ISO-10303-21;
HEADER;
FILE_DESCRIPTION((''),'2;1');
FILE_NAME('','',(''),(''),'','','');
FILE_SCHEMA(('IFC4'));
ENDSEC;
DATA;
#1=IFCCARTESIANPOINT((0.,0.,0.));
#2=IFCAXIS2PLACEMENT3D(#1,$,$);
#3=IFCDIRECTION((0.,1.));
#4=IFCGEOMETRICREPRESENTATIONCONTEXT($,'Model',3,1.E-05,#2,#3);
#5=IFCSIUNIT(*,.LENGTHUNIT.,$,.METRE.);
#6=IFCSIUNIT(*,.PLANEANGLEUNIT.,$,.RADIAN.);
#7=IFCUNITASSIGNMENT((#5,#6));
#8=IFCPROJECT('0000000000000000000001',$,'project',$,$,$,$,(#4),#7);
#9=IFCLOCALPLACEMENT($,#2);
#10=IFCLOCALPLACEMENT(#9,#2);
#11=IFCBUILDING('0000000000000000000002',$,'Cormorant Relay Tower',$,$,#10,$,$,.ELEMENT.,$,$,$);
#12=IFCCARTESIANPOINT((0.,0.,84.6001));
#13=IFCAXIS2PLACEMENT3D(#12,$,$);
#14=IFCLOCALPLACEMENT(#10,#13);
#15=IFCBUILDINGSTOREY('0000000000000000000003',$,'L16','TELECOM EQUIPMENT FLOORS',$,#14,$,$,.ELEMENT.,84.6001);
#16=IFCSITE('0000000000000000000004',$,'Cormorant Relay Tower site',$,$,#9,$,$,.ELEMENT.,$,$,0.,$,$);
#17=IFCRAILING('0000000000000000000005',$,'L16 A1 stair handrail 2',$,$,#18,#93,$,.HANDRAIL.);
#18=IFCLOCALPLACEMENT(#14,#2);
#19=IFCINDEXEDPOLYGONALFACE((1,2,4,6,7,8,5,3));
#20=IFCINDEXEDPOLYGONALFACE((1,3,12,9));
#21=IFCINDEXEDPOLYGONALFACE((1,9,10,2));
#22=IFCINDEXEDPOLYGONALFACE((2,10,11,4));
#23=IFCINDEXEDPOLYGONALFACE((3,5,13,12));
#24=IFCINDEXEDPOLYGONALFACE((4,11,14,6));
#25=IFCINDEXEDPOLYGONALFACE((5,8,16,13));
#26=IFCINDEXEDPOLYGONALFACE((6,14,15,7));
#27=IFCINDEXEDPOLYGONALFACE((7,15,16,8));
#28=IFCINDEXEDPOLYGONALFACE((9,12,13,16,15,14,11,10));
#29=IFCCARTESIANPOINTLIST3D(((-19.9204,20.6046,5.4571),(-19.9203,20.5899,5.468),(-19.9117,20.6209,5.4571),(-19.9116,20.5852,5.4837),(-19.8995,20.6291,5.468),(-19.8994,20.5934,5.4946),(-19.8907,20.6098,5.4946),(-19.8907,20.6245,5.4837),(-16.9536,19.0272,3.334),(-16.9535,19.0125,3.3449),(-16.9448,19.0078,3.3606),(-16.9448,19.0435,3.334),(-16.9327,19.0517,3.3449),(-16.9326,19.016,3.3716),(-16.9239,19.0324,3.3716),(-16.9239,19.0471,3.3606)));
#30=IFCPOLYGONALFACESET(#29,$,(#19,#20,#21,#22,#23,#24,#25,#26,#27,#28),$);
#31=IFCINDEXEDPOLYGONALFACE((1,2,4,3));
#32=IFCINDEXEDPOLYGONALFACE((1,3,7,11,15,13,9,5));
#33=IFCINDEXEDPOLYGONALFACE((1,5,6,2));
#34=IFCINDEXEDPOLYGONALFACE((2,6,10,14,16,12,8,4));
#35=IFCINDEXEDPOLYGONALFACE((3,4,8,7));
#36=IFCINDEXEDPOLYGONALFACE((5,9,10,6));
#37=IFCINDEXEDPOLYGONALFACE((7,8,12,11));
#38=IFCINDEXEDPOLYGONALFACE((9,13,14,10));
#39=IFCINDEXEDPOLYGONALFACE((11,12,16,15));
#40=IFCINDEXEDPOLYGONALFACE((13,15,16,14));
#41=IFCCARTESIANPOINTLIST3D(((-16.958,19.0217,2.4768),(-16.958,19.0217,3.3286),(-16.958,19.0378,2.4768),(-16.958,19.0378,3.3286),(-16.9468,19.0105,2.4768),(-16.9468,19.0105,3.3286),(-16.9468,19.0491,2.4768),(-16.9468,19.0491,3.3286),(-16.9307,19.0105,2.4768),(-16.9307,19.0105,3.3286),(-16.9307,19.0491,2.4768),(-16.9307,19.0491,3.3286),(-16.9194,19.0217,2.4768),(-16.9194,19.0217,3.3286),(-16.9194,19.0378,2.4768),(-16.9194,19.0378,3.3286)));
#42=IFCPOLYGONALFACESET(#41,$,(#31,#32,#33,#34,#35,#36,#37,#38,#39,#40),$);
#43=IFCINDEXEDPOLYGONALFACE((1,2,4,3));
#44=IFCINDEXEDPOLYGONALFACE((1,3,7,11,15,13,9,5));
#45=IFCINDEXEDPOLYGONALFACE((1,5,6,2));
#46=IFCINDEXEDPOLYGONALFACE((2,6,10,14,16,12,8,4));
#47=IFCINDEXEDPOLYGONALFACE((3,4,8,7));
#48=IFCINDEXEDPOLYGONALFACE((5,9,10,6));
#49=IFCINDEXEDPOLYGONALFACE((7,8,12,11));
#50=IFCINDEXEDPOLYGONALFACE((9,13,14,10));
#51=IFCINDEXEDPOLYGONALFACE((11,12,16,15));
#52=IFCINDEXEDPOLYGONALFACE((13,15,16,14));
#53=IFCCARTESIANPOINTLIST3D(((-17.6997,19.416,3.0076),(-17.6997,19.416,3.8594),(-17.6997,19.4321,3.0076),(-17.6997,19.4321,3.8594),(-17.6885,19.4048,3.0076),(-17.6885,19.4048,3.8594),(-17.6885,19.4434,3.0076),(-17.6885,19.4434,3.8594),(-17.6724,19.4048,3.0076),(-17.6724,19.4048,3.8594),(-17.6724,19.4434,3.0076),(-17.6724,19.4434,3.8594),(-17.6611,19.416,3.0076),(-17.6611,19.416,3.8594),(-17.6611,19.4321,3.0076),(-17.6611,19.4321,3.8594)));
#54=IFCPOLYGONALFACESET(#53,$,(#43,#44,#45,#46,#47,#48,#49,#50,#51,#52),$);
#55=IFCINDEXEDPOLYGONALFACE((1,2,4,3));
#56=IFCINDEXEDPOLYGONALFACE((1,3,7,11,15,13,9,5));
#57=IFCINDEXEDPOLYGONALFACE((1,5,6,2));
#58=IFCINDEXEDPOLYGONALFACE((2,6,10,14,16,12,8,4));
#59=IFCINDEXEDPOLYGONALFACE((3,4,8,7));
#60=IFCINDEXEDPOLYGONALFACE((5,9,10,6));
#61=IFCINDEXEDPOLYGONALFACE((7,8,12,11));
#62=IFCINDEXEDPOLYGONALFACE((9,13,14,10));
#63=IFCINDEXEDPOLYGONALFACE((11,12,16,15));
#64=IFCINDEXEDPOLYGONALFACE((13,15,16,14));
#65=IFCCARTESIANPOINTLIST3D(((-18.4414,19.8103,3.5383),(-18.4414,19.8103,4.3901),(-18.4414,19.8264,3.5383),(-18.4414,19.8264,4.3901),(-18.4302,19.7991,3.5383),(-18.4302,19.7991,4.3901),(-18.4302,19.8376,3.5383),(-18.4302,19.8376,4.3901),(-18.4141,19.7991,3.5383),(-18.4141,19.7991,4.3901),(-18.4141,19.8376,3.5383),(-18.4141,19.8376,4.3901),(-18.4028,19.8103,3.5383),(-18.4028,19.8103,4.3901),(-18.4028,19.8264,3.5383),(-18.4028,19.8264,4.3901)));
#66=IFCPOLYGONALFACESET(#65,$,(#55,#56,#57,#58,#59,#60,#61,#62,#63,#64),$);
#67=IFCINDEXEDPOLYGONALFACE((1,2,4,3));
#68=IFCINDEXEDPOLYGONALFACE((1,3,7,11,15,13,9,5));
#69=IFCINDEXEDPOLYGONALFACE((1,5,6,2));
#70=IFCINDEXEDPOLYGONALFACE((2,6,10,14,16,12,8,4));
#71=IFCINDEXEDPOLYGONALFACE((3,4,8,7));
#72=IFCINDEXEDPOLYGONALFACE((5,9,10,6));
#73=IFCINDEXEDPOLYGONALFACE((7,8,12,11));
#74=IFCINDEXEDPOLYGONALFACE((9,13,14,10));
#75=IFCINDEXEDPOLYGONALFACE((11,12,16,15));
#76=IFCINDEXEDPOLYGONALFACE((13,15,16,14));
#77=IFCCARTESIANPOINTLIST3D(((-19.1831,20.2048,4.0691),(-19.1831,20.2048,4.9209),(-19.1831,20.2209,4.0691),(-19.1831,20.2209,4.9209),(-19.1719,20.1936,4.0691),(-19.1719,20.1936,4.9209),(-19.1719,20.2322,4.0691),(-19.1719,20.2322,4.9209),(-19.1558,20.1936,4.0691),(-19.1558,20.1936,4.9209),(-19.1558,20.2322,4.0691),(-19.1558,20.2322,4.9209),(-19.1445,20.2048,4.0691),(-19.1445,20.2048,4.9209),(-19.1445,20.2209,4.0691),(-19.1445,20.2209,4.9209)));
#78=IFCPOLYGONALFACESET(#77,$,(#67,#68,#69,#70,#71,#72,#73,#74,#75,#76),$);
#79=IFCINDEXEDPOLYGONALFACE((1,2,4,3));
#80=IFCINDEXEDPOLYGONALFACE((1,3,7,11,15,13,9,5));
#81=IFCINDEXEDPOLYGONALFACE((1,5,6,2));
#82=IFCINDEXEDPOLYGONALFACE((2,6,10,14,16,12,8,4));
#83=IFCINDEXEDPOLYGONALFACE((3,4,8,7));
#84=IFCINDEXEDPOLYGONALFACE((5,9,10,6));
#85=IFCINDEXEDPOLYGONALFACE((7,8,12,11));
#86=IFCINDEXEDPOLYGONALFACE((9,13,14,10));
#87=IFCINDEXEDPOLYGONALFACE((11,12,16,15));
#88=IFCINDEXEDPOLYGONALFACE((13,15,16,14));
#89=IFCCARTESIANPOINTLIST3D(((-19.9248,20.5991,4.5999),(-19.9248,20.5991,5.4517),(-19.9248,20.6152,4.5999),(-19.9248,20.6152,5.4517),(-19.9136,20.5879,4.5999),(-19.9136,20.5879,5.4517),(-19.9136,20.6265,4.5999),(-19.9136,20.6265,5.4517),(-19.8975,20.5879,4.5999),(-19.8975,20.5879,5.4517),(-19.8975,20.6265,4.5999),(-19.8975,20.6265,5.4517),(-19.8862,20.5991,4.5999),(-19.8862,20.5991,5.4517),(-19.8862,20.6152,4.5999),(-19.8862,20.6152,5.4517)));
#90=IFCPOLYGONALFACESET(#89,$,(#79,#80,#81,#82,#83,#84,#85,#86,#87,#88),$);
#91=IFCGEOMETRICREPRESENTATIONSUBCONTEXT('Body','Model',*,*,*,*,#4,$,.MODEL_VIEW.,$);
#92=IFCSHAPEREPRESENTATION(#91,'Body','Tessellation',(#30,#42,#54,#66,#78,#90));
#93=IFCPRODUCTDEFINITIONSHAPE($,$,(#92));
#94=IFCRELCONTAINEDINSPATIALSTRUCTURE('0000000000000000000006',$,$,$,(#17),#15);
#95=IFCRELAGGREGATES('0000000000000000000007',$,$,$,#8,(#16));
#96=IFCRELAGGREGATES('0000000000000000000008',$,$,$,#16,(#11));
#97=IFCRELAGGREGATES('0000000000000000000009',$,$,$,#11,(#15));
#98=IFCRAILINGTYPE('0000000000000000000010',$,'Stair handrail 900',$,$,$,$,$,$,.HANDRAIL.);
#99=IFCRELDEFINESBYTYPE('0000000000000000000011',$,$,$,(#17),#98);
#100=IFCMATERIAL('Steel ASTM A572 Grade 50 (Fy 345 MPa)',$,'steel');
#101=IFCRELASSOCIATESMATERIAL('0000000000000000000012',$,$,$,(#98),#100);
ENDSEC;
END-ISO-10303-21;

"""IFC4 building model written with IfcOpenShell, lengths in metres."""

from ifc_helpers import new_model, si_unit, direction, frame, origin, place, context, subcontext, project, spatial, polyline, outline, extrude, material, type_object, element, save


model = new_model("IFC4")

# Units and contexts
model_context = context("Model", 3, precision=1e-05, world=origin(), true_north=direction((0.0, 1.0)))
body_context = subcontext(model_context, "Body", "Model", "MODEL_VIEW")
ifc_project = project(units=[si_unit("LENGTHUNIT", "METRE"), si_unit("PLANEANGLEUNIT", "RADIAN")], contexts=[model_context])

# Site, building, storey
site_placement = place(None, origin())
site = spatial("IfcSite", under=ifc_project, at=site_placement, Name="Cormorant Relay Tower site", CompositionType="ELEMENT", RefElevation=0.0)
building_placement = place(site_placement, origin())
building = spatial("IfcBuilding", under=site, at=building_placement, Name="Cormorant Relay Tower", CompositionType="ELEMENT")
storey_placement = place(building_placement, frame((0.0, 0.0, 84.6001)))
storey = spatial("IfcBuildingStorey", under=building, at=storey_placement, Name="L16", Description="TELECOM EQUIPMENT FLOORS", CompositionType="ELEMENT", Elevation=84.6001)

# Railing
ifc_material_1 = material(Name="Steel ASTM A572 Grade 50 (Fy 345 MPa)", Category="steel")
railing_type_1 = type_object("IfcRailingType", Name="Stair handrail 900", PredefinedType="HANDRAIL", material=ifc_material_1)
railing_1_placement = place(storey_placement, frame((-16.9387, 19.0298, 2.4768)))
element("IfcRailing", 1, at=railing_1_placement, inside=storey, type_object=railing_type_1, Name="L16 A1 stair handrail 2", PredefinedType="HANDRAIL", context=body_context, shape_type="SweptSolid", body=[
    extrude(outline(polyline([(0.0222, 0.0093), (0.0093, 0.0222), (-0.0093, 0.0222), (-0.0222, 0.0093), (-0.0222, -0.0093), (-0.0093, -0.0222), (0.0093, -0.0222), (0.0222, -0.0093), (0.0222, 0.0093)])), frame((0.0, 0.0, 0.876), z_axis=(-0.746441, 0.396869, 0.534155), x_axis=(-0.469453, -0.882958, 0.0)), (0.0, 0.0, 1.0), 3.9746),
    extrude(outline(polyline([(0.0193, 0.0081), (0.0081, 0.0193), (-0.0081, 0.0193), (-0.0193, 0.0081), (-0.0193, -0.0081), (-0.0081, -0.0193), (0.0081, -0.0193), (0.0193, -0.0081), (0.0193, 0.0081)])), origin(), (0.0, 0.0, 1.0), 0.8518),
    extrude(outline(polyline([(0.0193, 0.0081), (0.0081, 0.0193), (-0.0081, 0.0193), (-0.0193, 0.0081), (-0.0193, -0.0081), (-0.0081, -0.0193), (0.0081, -0.0193), (0.0193, -0.0081), (0.0193, 0.0081)])), frame((-0.7417, 0.3943, 0.5308)), (0.0, 0.0, 1.0), 0.8518),
    extrude(outline(polyline([(0.0193, 0.0081), (0.0081, 0.0193), (-0.0081, 0.0193), (-0.0193, 0.0081), (-0.0193, -0.0081), (-0.0081, -0.0193), (0.0081, -0.0193), (0.0193, -0.0081), (0.0193, 0.0081)])), frame((-1.4834, 0.7886, 1.0615)), (0.0, 0.0, 1.0), 0.8518),
    extrude(outline(polyline([(0.0193, 0.0081), (0.0081, 0.0193), (-0.0081, 0.0193), (-0.0193, 0.0081), (-0.0193, -0.0081), (-0.0081, -0.0193), (0.0081, -0.0193), (0.0193, -0.0081), (0.0193, 0.0081)])), frame((-2.2251, 1.1831, 1.5923)), (0.0, 0.0, 1.0), 0.8518),
    extrude(outline(polyline([(0.0193, 0.0081), (0.0081, 0.0193), (-0.0081, 0.0193), (-0.0193, 0.0081), (-0.0193, -0.0081), (-0.0081, -0.0193), (0.0081, -0.0193), (0.0193, -0.0081), (0.0193, 0.0081)])), frame((-2.9668, 1.5774, 2.123)), (0.0, 0.0, 1.0), 0.8518),
])

save(model, "model.ifc")
